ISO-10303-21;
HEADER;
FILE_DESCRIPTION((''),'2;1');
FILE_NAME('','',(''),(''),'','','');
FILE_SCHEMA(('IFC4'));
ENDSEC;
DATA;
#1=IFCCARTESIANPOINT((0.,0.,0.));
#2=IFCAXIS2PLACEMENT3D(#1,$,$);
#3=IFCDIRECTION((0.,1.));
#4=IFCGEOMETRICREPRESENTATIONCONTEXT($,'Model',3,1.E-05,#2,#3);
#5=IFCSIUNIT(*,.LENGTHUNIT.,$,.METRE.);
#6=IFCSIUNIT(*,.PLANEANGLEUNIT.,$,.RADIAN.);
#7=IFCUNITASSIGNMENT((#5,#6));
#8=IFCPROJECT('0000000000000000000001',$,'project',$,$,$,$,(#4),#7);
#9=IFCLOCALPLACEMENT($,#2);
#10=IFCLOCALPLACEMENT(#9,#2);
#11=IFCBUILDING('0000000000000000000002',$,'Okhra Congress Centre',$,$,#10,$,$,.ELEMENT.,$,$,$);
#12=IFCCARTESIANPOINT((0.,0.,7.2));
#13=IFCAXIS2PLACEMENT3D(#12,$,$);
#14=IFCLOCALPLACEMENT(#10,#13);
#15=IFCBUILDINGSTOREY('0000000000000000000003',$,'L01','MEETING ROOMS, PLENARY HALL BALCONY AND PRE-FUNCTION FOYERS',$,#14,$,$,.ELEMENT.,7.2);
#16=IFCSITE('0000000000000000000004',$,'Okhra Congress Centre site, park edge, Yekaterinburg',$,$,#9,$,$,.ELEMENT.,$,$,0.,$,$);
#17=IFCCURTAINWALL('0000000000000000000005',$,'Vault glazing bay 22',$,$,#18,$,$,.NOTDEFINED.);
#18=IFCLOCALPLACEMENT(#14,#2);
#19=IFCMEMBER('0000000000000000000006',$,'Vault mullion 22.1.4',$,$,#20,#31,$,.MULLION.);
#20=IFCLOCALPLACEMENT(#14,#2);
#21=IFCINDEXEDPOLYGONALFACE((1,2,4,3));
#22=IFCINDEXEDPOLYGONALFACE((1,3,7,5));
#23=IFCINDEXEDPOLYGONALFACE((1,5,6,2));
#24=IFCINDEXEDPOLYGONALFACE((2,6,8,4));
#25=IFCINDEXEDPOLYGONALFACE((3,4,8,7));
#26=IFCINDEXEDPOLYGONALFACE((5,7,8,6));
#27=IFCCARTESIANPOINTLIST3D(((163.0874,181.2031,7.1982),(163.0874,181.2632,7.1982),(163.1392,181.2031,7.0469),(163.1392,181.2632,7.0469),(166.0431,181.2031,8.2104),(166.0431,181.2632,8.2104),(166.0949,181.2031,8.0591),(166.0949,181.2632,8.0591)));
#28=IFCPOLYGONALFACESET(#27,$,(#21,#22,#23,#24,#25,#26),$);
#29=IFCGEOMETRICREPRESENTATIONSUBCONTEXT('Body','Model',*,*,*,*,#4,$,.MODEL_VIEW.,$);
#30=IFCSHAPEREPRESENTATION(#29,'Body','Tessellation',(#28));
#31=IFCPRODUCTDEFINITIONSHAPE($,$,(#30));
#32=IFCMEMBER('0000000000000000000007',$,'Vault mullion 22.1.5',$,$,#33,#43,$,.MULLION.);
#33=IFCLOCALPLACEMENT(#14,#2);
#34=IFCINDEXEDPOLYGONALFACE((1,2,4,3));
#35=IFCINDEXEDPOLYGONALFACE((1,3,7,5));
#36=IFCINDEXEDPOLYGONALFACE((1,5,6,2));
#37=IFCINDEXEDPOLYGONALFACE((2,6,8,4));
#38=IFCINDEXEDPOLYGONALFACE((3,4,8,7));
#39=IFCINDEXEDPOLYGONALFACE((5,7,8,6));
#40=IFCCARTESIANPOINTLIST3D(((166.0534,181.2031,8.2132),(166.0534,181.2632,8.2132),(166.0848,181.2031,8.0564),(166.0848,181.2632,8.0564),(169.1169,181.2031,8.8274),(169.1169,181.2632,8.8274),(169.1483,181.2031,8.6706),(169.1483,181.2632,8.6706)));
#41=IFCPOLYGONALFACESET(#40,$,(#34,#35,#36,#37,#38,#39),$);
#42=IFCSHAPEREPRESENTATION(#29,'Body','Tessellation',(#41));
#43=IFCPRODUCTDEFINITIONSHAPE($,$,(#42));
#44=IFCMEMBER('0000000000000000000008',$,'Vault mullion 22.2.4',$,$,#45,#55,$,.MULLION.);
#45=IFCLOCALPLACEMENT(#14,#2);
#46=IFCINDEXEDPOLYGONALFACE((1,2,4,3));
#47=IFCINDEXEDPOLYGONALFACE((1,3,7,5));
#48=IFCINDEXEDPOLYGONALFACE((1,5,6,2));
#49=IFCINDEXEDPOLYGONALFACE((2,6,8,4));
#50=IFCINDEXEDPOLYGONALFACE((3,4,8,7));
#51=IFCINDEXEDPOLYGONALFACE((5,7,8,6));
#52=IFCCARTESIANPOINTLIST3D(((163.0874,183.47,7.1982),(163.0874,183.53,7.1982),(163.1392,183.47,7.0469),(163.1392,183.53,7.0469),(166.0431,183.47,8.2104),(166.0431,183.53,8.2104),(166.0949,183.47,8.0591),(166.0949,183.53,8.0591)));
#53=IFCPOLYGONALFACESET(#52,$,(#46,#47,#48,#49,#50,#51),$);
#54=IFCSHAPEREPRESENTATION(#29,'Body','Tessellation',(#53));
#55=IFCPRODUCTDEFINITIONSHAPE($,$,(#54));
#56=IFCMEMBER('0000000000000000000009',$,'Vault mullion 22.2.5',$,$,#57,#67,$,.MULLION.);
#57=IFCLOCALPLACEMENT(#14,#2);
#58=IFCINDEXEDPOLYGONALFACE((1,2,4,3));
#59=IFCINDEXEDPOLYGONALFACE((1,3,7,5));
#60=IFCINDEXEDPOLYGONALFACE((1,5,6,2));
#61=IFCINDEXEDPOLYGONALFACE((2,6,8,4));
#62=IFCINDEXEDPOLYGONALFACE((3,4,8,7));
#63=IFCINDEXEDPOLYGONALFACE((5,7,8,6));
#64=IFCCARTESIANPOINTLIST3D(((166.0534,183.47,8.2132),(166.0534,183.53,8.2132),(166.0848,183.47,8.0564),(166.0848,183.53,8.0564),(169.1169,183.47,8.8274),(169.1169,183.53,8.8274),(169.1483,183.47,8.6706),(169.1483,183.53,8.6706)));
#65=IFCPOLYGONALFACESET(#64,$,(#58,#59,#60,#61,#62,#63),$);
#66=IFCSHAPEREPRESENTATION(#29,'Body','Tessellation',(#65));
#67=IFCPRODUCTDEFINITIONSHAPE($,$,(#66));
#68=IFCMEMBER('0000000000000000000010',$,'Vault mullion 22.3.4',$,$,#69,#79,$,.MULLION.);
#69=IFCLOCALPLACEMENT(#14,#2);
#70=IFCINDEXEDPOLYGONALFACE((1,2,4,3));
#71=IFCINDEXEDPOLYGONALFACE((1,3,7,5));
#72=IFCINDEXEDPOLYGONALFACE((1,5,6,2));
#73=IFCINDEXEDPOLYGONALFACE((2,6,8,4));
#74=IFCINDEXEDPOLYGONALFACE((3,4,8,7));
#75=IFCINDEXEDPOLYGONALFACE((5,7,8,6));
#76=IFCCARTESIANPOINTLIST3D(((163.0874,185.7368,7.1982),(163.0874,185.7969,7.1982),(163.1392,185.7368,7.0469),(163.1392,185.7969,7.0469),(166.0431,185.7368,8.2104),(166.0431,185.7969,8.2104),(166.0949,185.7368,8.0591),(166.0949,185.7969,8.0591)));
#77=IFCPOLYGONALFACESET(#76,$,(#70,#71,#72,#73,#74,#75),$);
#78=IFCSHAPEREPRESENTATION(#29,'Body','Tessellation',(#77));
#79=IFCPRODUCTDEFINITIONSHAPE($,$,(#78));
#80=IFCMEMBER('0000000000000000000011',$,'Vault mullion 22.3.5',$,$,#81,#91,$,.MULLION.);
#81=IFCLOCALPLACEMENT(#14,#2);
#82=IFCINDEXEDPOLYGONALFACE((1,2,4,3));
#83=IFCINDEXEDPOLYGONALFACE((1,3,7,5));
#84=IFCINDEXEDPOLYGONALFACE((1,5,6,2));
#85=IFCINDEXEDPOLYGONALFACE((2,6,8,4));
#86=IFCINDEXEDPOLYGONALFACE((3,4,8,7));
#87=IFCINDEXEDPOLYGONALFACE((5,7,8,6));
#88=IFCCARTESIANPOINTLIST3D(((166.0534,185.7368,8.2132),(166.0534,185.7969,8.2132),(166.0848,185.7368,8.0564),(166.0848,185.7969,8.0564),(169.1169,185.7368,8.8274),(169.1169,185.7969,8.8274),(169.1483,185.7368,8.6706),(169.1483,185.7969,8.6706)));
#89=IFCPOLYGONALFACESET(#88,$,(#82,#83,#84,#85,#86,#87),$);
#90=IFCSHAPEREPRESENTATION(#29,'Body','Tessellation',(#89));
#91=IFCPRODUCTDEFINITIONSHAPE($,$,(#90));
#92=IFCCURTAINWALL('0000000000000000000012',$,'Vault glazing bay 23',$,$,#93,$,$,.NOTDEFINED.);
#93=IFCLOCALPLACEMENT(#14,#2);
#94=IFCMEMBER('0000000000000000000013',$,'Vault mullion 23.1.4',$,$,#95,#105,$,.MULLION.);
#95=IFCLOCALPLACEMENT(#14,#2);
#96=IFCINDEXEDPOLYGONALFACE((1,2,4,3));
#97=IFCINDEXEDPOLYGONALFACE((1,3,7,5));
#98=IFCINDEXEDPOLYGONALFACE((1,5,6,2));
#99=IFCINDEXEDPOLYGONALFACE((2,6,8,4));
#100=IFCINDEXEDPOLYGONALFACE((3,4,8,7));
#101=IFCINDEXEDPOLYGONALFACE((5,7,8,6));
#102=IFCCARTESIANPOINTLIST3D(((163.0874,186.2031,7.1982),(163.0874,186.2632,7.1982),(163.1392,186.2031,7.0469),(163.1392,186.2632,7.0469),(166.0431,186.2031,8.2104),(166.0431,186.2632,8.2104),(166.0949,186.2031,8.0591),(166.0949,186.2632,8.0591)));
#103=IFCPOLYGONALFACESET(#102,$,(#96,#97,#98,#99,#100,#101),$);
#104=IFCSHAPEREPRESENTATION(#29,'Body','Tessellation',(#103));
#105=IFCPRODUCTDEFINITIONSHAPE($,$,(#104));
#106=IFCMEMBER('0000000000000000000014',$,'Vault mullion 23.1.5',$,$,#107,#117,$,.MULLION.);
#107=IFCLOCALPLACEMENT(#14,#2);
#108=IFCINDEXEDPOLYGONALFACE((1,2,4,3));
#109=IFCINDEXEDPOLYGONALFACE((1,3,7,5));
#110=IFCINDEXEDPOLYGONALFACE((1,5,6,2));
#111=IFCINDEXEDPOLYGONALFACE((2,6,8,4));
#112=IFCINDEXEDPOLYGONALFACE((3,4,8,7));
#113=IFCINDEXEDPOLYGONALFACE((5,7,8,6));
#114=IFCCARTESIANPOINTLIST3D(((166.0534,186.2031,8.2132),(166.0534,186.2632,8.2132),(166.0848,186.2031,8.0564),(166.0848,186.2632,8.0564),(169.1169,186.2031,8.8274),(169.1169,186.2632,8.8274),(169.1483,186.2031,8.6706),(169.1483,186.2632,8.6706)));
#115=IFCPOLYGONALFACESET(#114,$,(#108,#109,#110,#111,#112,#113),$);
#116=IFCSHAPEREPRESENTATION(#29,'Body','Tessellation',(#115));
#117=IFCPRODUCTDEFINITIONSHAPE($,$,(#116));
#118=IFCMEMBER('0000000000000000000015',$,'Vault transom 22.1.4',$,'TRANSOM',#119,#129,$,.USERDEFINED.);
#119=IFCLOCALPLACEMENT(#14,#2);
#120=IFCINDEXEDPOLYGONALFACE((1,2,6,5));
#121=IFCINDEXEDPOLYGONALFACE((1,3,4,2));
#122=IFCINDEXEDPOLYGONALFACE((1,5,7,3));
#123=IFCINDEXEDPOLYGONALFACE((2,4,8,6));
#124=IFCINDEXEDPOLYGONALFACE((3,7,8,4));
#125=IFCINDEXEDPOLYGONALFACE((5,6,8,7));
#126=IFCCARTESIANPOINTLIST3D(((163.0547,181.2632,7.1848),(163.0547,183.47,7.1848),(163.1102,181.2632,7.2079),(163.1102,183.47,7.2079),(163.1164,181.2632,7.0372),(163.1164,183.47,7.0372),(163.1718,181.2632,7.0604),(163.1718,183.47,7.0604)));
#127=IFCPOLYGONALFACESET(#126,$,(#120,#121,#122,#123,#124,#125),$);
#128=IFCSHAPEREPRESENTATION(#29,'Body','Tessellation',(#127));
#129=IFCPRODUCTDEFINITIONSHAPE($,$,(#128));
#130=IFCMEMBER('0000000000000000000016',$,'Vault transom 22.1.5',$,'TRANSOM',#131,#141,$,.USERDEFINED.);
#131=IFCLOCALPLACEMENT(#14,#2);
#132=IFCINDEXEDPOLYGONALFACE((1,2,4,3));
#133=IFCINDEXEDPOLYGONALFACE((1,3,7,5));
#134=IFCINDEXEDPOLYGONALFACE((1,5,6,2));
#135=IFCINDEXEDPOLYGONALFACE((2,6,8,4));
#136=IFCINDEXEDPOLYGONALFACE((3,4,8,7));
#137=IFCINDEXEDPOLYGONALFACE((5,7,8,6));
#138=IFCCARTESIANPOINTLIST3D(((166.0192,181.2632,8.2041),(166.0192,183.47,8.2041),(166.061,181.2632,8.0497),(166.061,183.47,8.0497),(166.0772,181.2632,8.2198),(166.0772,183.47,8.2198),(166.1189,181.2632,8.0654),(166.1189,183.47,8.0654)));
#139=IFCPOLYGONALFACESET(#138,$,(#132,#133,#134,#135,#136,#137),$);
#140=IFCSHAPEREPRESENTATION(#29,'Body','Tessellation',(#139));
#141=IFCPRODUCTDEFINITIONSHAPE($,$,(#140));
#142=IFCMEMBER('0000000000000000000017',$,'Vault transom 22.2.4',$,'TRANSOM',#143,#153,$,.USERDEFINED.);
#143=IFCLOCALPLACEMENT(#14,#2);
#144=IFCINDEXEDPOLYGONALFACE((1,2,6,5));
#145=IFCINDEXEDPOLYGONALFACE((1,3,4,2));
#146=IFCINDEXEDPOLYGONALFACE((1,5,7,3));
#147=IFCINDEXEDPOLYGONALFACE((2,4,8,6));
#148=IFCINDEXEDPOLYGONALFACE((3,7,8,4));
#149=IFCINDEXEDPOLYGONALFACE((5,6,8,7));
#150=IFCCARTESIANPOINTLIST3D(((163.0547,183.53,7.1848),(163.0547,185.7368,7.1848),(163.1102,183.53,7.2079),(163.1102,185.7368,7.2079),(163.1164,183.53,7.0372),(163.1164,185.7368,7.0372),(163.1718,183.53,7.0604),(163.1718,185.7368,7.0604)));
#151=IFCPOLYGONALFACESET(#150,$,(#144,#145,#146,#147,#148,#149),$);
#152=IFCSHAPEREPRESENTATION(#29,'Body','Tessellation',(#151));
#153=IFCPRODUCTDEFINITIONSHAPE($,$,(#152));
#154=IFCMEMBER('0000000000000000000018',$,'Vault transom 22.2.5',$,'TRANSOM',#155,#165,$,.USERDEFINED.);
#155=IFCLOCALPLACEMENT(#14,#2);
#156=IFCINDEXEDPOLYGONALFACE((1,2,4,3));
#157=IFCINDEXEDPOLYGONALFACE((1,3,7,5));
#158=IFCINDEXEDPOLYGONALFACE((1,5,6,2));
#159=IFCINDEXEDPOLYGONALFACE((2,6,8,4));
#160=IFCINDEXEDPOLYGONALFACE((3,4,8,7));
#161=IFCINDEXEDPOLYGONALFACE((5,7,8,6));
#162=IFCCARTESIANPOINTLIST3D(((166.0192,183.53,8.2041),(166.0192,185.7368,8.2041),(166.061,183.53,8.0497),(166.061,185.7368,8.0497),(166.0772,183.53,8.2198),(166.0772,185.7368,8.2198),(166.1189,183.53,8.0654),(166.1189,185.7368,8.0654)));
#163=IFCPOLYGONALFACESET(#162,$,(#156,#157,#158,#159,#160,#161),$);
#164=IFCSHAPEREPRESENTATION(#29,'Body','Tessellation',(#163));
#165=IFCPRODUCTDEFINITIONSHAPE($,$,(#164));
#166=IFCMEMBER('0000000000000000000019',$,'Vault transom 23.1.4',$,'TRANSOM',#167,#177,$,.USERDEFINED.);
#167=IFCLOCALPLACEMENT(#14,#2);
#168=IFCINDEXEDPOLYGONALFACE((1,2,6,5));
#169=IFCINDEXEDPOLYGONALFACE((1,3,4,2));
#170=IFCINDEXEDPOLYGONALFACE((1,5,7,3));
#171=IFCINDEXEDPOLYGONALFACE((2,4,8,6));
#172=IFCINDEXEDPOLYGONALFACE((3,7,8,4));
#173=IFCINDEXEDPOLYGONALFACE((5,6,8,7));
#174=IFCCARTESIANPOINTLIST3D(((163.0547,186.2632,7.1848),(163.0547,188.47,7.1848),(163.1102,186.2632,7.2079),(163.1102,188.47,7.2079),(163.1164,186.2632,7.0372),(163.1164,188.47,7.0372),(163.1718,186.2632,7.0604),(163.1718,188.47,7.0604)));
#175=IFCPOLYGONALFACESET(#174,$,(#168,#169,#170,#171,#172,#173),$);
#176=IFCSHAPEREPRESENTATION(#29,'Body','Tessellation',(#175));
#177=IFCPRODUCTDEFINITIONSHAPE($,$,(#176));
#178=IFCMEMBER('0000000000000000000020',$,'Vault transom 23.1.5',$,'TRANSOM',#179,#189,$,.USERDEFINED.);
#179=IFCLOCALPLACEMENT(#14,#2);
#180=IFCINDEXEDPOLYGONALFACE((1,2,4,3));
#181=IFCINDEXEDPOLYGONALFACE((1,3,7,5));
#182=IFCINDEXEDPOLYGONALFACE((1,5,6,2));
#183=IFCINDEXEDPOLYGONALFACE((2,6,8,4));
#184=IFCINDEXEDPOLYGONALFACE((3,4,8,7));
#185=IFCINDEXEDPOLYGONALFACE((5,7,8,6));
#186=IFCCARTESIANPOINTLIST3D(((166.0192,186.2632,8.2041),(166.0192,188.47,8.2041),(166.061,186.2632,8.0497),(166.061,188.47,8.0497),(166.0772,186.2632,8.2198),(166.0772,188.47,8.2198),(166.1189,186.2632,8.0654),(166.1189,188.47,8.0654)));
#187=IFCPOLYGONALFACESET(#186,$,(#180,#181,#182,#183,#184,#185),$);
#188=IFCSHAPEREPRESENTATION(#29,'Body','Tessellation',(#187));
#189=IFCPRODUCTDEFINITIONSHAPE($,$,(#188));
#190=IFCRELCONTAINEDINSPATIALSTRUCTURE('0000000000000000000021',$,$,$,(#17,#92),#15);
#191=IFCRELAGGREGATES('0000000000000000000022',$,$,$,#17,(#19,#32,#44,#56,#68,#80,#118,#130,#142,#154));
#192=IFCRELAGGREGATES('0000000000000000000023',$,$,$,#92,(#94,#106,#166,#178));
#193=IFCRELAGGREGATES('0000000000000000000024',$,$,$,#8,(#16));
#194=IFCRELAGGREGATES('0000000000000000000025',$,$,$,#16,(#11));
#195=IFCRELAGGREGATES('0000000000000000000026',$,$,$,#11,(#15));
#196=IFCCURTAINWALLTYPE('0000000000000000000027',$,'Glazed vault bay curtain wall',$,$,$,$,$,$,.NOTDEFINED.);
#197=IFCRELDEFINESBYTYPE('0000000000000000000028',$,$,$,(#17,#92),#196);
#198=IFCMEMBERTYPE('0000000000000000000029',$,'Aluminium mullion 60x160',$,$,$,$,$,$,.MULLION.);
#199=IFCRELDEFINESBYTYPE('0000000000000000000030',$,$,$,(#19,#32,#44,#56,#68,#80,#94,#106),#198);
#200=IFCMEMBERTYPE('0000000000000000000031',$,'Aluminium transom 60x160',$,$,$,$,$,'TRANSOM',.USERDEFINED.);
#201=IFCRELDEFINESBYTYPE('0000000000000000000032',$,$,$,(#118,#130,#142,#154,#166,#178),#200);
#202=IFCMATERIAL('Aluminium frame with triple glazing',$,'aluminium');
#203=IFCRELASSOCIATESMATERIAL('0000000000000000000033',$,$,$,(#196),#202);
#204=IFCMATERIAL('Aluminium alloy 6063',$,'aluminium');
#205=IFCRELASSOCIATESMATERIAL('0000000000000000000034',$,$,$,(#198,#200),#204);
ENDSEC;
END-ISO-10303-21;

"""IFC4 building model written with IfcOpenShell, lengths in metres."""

from ifc_helpers import new_model, si_unit, direction, frame, origin, origin_2d, place, context, subcontext, project, spatial, rectangle, extrude, material, material_profile, profile_set, type_object, element, aggregate, save


model = new_model("IFC4")

# Units and contexts
model_context = context("Model", 3, precision=1e-05, world=origin(), true_north=direction((0.0, 1.0)))
body_context = subcontext(model_context, "Body", "Model", "MODEL_VIEW")
ifc_project = project(units=[si_unit("LENGTHUNIT", "METRE"), si_unit("PLANEANGLEUNIT", "RADIAN")], contexts=[model_context])

# Site, building, storey
site_placement = place(None, origin())
site = spatial("IfcSite", under=ifc_project, at=site_placement, Name="Okhra Congress Centre site, park edge, Yekaterinburg", CompositionType="ELEMENT", RefElevation=0.0)
building_placement = place(site_placement, origin())
building = spatial("IfcBuilding", under=site, at=building_placement, Name="Okhra Congress Centre", CompositionType="ELEMENT")
storey_placement = place(building_placement, frame((0.0, 0.0, 7.2)))
storey = spatial("IfcBuildingStorey", under=building, at=storey_placement, Name="L01", Description="MEETING ROOMS, PLENARY HALL BALCONY AND PRE-FUNCTION FOYERS", CompositionType="ELEMENT", Elevation=7.2)

# Curtain walls, members
ifc_material_1 = material(Name="Aluminium frame with triple glazing", Category="aluminium")
curtain_wall_type = type_object("IfcCurtainWallType", Name="Glazed vault bay curtain wall", PredefinedType="NOTDEFINED", material=ifc_material_1)
curtain_wall_1_placement = place(storey_placement, origin())
curtain_wall_1 = element("IfcCurtainWall", 1, at=curtain_wall_1_placement, inside=storey, type_object=curtain_wall_type, Name="Vault glazing bay 22", PredefinedType="NOTDEFINED")
ifc_material_2 = material(Name="Aluminium alloy 6063", Category="aluminium")
ifc_material_profile_1 = material_profile(ifc_material_2, rectangle(XDim=0.0601, YDim=0.1599, at=origin_2d()), Name="AL 60x160")
ifc_profile_set_1 = profile_set([ifc_material_profile_1], Name="Aluminium alloy 6063")
member_type_1 = type_object("IfcMemberType", Name="Aluminium mullion 60x160", PredefinedType="MULLION", material=ifc_profile_set_1)
member_1_placement = place(storey_placement, frame((163.1133, 181.2332, 7.1226), z_axis=(0.946065, 0.0, 0.323977), x_axis=(0.0, 1.0, 0.0)))
member_1 = element("IfcMember", 2, at=member_1_placement, type_object=member_type_1, Name="Vault mullion 22.1.4", PredefinedType="MULLION", context=body_context, shape_type="SweptSolid", body=[
    extrude(rectangle(XDim=0.0601, YDim=0.1599, at=origin_2d()), origin(), (0.0, 0.0, 1.0), 3.1243),
])
member_2_placement = place(storey_placement, frame((166.0691, 181.2332, 8.1348), z_axis=(0.980484, 0.0, 0.196597), x_axis=(0.0, 1.0, 0.0)))
member_2 = element("IfcMember", 3, at=member_2_placement, type_object=member_type_1, Name="Vault mullion 22.1.5", PredefinedType="MULLION", context=body_context, shape_type="SweptSolid", body=[
    extrude(rectangle(XDim=0.0601, YDim=0.1599, at=origin_2d()), origin(), (0.0, 0.0, 1.0), 3.1245),
])
member_3_placement = place(storey_placement, frame((163.1133, 183.5, 7.1226), z_axis=(0.946065, 0.0, 0.323977), x_axis=(0.0, 1.0, 0.0)))
member_3 = element("IfcMember", 4, at=member_3_placement, type_object=member_type_1, Name="Vault mullion 22.2.4", PredefinedType="MULLION", context=body_context, shape_type="SweptSolid", body=[
    extrude(rectangle(XDim=0.0601, YDim=0.1599, at=origin_2d()), origin(), (0.0, 0.0, 1.0), 3.1243),
])
member_4_placement = place(storey_placement, frame((166.0691, 183.5, 8.1348), z_axis=(0.980484, 0.0, 0.196597), x_axis=(0.0, 1.0, 0.0)))
member_4 = element("IfcMember", 5, at=member_4_placement, type_object=member_type_1, Name="Vault mullion 22.2.5", PredefinedType="MULLION", context=body_context, shape_type="SweptSolid", body=[
    extrude(rectangle(XDim=0.0601, YDim=0.1599, at=origin_2d()), origin(), (0.0, 0.0, 1.0), 3.1245),
])
member_5_placement = place(storey_placement, frame((163.1133, 185.7668, 7.1226), z_axis=(0.946065, 0.0, 0.323977), x_axis=(0.0, 1.0, 0.0)))
member_5 = element("IfcMember", 6, at=member_5_placement, type_object=member_type_1, Name="Vault mullion 22.3.4", PredefinedType="MULLION", context=body_context, shape_type="SweptSolid", body=[
    extrude(rectangle(XDim=0.0601, YDim=0.1599, at=origin_2d()), origin(), (0.0, 0.0, 1.0), 3.1243),
])
member_6_placement = place(storey_placement, frame((166.0691, 185.7668, 8.1348), z_axis=(0.980484, 0.0, 0.196597), x_axis=(0.0, 1.0, 0.0)))
member_6 = element("IfcMember", 7, at=member_6_placement, type_object=member_type_1, Name="Vault mullion 22.3.5", PredefinedType="MULLION", context=body_context, shape_type="SweptSolid", body=[
    extrude(rectangle(XDim=0.0601, YDim=0.1599, at=origin_2d()), origin(), (0.0, 0.0, 1.0), 3.1245),
])
curtain_wall_2_placement = place(storey_placement, origin())
curtain_wall_2 = element("IfcCurtainWall", 8, at=curtain_wall_2_placement, inside=storey, type_object=curtain_wall_type, Name="Vault glazing bay 23", PredefinedType="NOTDEFINED")
member_7_placement = place(storey_placement, frame((163.1133, 186.2332, 7.1226), z_axis=(0.946065, 0.0, 0.323977), x_axis=(0.0, 1.0, 0.0)))
member_7 = element("IfcMember", 9, at=member_7_placement, type_object=member_type_1, Name="Vault mullion 23.1.4", PredefinedType="MULLION", context=body_context, shape_type="SweptSolid", body=[
    extrude(rectangle(XDim=0.0601, YDim=0.1599, at=origin_2d()), origin(), (0.0, 0.0, 1.0), 3.1243),
])
member_8_placement = place(storey_placement, frame((166.0691, 186.2332, 8.1348), z_axis=(0.980484, 0.0, 0.196597), x_axis=(0.0, 1.0, 0.0)))
member_8 = element("IfcMember", 10, at=member_8_placement, type_object=member_type_1, Name="Vault mullion 23.1.5", PredefinedType="MULLION", context=body_context, shape_type="SweptSolid", body=[
    extrude(rectangle(XDim=0.0601, YDim=0.1599, at=origin_2d()), origin(), (0.0, 0.0, 1.0), 3.1245),
])

# Members
ifc_material_profile_2 = material_profile(ifc_material_2, rectangle(XDim=0.0601, YDim=0.1599, at=origin_2d()), Name="AL 60x160 transom")
ifc_profile_set_2 = profile_set([ifc_material_profile_2], Name="Aluminium alloy 6063")
member_type_2 = type_object("IfcMemberType", Name="Aluminium transom 60x160", ElementType="TRANSOM", PredefinedType="USERDEFINED", material=ifc_profile_set_2)
member_9_placement = place(storey_placement, frame((163.1133, 181.2632, 7.1226), z_axis=(0.0, 1.0, 0.0), x_axis=(-0.922669, 0.0, -0.385593)))
member_9 = element("IfcMember", 11, at=member_9_placement, type_object=member_type_2, Name="Vault transom 22.1.4", ObjectType="TRANSOM", PredefinedType="USERDEFINED", context=body_context, shape_type="SweptSolid", body=[
    extrude(rectangle(XDim=0.0601, YDim=0.1599, at=origin_2d()), origin(), (0.0, 0.0, 1.0), 2.2068),
])
member_10_placement = place(storey_placement, frame((166.0691, 181.2632, 8.1348), z_axis=(0.0, 1.0, 0.0), x_axis=(-0.96538, 0.0, -0.260848)))
member_10 = element("IfcMember", 12, at=member_10_placement, type_object=member_type_2, Name="Vault transom 22.1.5", ObjectType="TRANSOM", PredefinedType="USERDEFINED", context=body_context, shape_type="SweptSolid", body=[
    extrude(rectangle(XDim=0.0601, YDim=0.1599, at=origin_2d()), origin(), (0.0, 0.0, 1.0), 2.2068),
])
member_11_placement = place(storey_placement, frame((163.1133, 183.53, 7.1226), z_axis=(0.0, 1.0, 0.0), x_axis=(-0.922669, 0.0, -0.385593)))
member_11 = element("IfcMember", 13, at=member_11_placement, type_object=member_type_2, Name="Vault transom 22.2.4", ObjectType="TRANSOM", PredefinedType="USERDEFINED", context=body_context, shape_type="SweptSolid", body=[
    extrude(rectangle(XDim=0.0601, YDim=0.1599, at=origin_2d()), origin(), (0.0, 0.0, 1.0), 2.2068),
])
member_12_placement = place(storey_placement, frame((166.0691, 183.53, 8.1348), z_axis=(0.0, 1.0, 0.0), x_axis=(-0.96538, 0.0, -0.260848)))
member_12 = element("IfcMember", 14, at=member_12_placement, type_object=member_type_2, Name="Vault transom 22.2.5", ObjectType="TRANSOM", PredefinedType="USERDEFINED", context=body_context, shape_type="SweptSolid", body=[
    extrude(rectangle(XDim=0.0601, YDim=0.1599, at=origin_2d()), origin(), (0.0, 0.0, 1.0), 2.2068),
])
member_13_placement = place(storey_placement, frame((163.1133, 186.2632, 7.1226), z_axis=(0.0, 1.0, 0.0), x_axis=(-0.922669, 0.0, -0.385593)))
member_13 = element("IfcMember", 15, at=member_13_placement, type_object=member_type_2, Name="Vault transom 23.1.4", ObjectType="TRANSOM", PredefinedType="USERDEFINED", context=body_context, shape_type="SweptSolid", body=[
    extrude(rectangle(XDim=0.0601, YDim=0.1599, at=origin_2d()), origin(), (0.0, 0.0, 1.0), 2.2068),
])
member_14_placement = place(storey_placement, frame((166.0691, 186.2632, 8.1348), z_axis=(0.0, 1.0, 0.0), x_axis=(-0.96538, 0.0, -0.260848)))
member_14 = element("IfcMember", 16, at=member_14_placement, type_object=member_type_2, Name="Vault transom 23.1.5", ObjectType="TRANSOM", PredefinedType="USERDEFINED", context=body_context, shape_type="SweptSolid", body=[
    extrude(rectangle(XDim=0.0601, YDim=0.1599, at=origin_2d()), origin(), (0.0, 0.0, 1.0), 2.2068),
])

aggregate(curtain_wall_1, [member_1, member_2, member_3, member_4, member_5, member_6, member_9, member_10, member_11, member_12])
aggregate(curtain_wall_2, [member_7, member_8, member_13, member_14])

save(model, "model.ifc")
